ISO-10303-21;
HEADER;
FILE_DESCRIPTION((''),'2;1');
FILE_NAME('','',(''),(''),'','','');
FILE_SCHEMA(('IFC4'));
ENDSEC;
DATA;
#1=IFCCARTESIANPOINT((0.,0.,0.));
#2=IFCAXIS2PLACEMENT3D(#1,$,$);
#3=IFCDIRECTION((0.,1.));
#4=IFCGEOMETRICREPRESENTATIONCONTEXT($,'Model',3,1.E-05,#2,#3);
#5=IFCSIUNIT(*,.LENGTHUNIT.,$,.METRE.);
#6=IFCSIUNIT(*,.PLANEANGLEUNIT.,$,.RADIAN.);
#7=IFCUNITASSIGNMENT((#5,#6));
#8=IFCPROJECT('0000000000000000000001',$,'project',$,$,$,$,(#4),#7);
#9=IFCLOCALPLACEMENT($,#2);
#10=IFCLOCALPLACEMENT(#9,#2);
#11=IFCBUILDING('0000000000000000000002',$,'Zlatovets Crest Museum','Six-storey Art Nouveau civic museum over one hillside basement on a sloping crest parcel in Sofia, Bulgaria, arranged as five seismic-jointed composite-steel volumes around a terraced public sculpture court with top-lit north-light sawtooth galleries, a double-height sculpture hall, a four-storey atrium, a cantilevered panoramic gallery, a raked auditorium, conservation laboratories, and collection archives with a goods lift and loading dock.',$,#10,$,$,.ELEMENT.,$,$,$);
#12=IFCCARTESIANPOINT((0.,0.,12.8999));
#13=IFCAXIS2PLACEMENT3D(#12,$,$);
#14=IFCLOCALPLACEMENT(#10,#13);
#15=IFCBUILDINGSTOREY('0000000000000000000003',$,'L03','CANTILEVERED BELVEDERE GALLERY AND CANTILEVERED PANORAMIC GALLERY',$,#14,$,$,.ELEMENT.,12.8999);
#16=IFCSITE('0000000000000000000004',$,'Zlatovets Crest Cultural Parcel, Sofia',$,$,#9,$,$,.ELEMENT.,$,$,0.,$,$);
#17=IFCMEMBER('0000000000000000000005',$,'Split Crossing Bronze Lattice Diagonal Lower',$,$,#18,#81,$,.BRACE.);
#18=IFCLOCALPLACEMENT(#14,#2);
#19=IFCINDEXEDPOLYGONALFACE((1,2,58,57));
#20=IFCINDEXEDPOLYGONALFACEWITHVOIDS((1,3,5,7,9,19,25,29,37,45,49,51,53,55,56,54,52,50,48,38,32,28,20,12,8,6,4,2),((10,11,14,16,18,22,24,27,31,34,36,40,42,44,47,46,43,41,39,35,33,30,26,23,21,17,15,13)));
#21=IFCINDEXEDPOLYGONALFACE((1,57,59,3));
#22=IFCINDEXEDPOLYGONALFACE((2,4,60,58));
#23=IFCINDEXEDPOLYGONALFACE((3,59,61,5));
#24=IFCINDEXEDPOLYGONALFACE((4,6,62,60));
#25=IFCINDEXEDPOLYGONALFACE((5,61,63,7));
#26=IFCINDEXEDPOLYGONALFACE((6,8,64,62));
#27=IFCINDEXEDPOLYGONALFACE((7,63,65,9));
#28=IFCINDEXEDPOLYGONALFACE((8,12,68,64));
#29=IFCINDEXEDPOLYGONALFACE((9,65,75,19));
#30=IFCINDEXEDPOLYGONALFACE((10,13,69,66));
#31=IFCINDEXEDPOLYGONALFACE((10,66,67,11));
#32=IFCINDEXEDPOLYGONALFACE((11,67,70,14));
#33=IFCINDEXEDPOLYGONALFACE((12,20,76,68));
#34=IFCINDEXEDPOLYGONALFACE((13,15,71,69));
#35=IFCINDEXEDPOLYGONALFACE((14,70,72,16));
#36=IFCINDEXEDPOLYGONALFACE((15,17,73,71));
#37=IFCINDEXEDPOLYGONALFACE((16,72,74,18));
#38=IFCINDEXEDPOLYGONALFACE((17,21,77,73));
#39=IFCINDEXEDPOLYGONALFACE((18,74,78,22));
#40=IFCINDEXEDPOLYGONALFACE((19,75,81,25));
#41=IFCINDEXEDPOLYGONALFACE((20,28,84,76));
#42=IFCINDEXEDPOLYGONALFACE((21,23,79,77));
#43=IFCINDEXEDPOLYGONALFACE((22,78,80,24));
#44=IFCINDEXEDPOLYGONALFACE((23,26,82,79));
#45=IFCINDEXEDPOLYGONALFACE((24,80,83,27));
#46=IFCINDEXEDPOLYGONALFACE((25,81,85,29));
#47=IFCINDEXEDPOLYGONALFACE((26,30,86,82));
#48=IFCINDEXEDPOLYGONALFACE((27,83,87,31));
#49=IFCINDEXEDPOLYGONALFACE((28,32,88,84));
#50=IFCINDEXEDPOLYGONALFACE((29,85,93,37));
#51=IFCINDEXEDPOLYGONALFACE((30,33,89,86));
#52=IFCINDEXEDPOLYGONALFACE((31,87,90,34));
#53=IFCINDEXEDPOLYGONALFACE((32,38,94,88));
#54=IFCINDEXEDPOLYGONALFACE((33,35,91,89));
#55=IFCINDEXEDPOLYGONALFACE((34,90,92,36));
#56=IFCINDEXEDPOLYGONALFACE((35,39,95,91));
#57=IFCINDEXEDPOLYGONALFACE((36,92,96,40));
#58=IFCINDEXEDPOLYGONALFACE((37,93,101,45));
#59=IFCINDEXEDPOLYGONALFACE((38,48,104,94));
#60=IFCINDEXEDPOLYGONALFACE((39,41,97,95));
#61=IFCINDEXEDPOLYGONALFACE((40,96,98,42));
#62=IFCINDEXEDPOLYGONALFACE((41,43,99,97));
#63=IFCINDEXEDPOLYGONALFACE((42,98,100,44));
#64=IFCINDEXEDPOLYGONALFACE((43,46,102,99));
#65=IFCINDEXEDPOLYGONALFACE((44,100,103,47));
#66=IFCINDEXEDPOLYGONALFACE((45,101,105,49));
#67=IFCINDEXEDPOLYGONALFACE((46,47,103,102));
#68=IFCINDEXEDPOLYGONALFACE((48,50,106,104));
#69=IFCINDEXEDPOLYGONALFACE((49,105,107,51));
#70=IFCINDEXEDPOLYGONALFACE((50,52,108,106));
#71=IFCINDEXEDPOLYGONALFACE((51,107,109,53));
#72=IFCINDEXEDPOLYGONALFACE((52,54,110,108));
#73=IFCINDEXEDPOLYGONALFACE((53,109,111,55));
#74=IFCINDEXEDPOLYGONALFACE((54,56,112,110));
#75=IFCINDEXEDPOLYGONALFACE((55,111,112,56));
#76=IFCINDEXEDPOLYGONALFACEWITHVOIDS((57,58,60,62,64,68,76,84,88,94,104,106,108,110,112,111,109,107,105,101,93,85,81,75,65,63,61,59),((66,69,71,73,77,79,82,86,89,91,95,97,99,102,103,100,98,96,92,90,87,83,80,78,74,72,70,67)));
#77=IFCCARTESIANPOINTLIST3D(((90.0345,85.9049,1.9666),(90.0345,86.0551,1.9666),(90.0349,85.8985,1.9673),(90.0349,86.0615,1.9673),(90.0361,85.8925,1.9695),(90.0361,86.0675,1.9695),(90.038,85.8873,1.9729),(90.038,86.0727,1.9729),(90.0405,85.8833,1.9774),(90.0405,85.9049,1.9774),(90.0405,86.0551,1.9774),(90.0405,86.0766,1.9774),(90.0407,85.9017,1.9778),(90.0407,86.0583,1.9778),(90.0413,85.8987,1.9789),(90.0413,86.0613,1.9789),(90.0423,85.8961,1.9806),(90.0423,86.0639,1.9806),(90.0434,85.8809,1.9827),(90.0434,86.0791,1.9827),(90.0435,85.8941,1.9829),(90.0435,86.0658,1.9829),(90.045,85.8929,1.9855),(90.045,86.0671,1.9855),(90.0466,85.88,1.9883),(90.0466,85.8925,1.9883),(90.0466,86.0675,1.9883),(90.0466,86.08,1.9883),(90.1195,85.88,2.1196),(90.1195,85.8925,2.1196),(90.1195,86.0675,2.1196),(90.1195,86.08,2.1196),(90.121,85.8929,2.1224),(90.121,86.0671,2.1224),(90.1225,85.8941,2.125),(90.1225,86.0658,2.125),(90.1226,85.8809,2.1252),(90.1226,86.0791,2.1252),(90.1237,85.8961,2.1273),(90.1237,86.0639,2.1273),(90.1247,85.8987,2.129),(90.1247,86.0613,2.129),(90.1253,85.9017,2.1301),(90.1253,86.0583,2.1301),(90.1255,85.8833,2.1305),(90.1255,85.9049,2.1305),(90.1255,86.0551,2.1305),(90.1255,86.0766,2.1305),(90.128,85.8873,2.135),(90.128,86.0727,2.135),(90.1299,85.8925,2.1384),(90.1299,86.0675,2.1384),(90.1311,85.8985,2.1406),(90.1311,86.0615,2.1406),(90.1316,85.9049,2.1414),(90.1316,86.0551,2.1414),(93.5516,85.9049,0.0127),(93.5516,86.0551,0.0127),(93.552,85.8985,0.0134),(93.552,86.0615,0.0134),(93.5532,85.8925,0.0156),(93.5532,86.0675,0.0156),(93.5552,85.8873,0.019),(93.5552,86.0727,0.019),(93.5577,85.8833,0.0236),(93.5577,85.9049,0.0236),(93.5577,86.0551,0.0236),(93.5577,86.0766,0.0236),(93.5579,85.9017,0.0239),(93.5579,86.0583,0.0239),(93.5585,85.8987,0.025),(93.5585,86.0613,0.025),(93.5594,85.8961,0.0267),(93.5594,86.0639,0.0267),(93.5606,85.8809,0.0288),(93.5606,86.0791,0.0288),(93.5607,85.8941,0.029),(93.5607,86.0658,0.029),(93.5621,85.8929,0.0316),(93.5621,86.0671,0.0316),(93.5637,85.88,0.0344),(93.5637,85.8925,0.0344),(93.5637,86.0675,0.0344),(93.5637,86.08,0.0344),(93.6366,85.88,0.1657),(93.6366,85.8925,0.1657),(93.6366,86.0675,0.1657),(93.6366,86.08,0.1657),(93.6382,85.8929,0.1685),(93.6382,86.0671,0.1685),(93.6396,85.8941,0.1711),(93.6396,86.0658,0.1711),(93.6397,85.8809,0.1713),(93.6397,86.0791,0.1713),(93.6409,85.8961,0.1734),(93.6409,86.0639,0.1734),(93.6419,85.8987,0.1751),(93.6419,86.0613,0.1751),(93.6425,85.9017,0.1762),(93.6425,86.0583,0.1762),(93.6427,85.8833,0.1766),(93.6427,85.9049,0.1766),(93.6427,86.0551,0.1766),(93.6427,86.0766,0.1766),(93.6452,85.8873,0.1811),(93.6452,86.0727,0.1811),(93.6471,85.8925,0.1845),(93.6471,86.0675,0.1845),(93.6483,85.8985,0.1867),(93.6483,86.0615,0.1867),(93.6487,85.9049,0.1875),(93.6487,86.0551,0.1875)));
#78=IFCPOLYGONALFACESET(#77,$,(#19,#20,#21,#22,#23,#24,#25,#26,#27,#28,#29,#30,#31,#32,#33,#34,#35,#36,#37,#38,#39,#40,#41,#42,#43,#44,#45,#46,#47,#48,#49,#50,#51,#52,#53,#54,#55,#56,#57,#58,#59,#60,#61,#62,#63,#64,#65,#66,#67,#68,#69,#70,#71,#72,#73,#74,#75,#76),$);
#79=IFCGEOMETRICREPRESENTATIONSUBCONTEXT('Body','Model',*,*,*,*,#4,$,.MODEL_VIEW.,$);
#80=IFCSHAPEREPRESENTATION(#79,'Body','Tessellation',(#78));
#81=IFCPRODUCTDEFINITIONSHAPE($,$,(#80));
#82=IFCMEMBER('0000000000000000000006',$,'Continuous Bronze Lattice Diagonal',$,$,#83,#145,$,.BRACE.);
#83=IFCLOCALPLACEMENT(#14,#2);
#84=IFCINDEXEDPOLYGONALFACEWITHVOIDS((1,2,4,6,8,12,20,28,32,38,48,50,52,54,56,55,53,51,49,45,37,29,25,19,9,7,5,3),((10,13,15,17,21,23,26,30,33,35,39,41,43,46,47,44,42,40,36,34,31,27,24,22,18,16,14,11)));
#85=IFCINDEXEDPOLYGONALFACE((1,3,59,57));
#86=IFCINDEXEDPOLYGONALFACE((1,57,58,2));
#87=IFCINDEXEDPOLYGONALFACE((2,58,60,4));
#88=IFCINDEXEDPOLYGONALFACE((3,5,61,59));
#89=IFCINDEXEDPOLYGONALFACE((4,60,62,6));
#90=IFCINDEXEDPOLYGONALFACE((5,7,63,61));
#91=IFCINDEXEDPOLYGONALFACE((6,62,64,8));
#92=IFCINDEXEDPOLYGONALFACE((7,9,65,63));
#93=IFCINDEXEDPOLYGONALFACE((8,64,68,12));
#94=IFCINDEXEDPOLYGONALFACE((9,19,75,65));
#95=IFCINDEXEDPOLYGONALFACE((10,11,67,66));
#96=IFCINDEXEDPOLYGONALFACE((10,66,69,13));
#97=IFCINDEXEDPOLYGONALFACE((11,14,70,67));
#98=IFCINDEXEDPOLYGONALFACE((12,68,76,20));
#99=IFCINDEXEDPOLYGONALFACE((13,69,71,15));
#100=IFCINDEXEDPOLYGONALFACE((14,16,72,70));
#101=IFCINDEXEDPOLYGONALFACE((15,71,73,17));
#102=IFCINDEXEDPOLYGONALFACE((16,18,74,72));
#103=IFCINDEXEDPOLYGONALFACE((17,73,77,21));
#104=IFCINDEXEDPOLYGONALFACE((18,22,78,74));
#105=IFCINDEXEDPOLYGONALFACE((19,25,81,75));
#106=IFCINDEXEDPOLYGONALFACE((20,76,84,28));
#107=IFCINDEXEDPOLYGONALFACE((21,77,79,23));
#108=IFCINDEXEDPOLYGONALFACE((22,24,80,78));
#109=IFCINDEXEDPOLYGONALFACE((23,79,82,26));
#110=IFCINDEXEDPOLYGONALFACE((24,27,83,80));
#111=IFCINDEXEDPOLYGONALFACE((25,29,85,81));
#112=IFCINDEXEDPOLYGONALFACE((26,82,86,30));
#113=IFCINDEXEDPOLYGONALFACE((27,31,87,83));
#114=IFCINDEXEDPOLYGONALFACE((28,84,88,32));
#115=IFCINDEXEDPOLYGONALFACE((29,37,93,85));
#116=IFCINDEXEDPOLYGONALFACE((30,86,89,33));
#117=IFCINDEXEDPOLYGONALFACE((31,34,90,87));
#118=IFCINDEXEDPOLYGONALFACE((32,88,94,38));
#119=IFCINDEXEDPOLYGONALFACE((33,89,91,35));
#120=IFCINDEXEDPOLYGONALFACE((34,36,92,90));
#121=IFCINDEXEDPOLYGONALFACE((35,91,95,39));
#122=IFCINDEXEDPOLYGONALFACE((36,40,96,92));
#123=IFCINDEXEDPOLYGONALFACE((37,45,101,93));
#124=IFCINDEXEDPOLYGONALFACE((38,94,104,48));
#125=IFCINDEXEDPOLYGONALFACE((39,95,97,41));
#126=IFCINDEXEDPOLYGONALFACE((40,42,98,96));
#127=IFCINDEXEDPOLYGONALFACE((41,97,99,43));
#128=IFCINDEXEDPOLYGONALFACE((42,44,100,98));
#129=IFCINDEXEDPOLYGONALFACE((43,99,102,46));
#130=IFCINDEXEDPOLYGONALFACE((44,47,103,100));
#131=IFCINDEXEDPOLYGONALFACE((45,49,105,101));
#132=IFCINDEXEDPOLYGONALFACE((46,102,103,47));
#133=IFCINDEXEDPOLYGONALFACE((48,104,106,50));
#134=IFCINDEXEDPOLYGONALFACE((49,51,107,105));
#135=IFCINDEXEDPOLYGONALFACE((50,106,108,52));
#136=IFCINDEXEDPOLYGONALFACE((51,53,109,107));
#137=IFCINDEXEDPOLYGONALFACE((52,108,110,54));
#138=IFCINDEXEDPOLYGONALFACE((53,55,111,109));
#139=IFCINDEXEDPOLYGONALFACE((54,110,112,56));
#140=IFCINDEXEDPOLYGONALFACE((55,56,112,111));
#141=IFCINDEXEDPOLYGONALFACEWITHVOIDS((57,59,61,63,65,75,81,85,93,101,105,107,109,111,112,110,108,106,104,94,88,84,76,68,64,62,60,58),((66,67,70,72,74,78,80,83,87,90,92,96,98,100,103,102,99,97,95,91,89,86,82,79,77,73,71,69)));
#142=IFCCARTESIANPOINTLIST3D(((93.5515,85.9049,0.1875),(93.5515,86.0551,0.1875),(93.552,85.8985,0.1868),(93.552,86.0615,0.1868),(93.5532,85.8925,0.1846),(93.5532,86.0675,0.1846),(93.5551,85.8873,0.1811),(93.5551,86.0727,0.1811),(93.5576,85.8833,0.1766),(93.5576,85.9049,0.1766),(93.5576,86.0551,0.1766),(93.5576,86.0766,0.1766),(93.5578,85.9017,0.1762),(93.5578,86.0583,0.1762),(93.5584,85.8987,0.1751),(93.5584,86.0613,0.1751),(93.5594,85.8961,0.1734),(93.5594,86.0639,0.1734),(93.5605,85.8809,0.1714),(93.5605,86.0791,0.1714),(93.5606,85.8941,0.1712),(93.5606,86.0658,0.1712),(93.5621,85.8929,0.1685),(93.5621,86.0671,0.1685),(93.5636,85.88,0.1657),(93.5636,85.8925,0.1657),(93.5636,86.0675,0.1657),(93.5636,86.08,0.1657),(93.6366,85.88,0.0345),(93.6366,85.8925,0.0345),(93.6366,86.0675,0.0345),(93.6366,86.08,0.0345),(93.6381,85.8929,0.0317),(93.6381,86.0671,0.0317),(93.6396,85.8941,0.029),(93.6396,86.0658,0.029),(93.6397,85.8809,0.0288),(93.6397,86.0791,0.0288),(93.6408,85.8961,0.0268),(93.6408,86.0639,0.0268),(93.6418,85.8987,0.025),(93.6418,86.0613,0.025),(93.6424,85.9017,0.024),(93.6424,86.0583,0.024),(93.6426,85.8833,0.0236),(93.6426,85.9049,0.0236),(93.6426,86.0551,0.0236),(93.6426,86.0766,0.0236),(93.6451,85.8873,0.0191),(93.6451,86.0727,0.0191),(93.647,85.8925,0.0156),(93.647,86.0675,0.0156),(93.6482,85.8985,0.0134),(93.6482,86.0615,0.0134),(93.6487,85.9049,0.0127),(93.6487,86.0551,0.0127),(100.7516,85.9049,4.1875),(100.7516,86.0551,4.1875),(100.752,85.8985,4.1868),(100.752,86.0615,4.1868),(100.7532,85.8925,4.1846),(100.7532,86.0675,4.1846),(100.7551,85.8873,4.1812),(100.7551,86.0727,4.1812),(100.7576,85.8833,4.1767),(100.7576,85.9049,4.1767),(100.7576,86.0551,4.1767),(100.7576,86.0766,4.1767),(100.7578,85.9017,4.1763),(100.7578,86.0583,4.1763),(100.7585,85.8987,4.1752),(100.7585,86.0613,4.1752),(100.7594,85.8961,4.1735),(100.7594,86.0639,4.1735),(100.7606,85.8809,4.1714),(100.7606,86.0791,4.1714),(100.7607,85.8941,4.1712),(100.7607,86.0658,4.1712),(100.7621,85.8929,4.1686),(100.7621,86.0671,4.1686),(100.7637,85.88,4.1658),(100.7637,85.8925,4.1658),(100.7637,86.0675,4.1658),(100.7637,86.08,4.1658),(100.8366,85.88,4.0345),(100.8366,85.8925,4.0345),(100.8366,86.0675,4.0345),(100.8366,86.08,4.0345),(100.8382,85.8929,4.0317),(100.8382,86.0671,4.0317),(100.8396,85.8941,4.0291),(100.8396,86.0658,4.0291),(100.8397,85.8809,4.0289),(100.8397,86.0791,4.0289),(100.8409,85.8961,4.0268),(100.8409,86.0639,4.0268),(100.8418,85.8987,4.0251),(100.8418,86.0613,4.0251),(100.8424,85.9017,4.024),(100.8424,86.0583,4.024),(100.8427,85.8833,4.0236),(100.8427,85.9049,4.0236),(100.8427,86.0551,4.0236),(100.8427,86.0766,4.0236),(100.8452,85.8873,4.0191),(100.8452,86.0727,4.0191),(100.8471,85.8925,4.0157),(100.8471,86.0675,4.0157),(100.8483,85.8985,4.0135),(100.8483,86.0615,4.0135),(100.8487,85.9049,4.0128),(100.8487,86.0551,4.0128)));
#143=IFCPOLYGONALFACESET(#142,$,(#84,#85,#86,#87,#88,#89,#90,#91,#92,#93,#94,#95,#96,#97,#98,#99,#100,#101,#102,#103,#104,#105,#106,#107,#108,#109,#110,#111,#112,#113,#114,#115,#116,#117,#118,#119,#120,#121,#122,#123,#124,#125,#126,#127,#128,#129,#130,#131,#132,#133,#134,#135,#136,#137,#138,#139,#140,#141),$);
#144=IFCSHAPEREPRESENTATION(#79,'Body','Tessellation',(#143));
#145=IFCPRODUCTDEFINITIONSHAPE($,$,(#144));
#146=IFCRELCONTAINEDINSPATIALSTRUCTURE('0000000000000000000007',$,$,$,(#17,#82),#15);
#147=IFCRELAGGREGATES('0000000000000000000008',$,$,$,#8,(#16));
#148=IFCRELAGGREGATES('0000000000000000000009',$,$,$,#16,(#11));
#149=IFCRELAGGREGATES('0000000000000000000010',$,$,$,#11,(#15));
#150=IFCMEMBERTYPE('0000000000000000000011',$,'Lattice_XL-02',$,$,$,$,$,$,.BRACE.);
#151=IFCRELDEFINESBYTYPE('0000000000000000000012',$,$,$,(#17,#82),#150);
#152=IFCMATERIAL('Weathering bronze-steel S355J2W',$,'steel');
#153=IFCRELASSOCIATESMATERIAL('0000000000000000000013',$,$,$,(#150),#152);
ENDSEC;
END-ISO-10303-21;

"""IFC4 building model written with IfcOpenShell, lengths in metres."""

from ifc_helpers import new_model, si_unit, direction, frame, origin, origin_2d, place, context, subcontext, project, spatial, hollow_rectangle, extrude, material, material_profile, profile_set, type_object, element, save


model = new_model("IFC4")

# Units and contexts
model_context = context("Model", 3, precision=1e-05, world=origin(), true_north=direction((0.0, 1.0)))
body_context = subcontext(model_context, "Body", "Model", "MODEL_VIEW")
ifc_project = project(units=[si_unit("LENGTHUNIT", "METRE"), si_unit("PLANEANGLEUNIT", "RADIAN")], contexts=[model_context])

# Site, building, storey
site_placement = place(None, origin())
site = spatial("IfcSite", under=ifc_project, at=site_placement, Name="Zlatovets Crest Cultural Parcel, Sofia", CompositionType="ELEMENT", RefElevation=0.0)
building_placement = place(site_placement, origin())
building = spatial("IfcBuilding", under=site, at=building_placement, Name="Zlatovets Crest Museum", Description="Six-storey Art Nouveau civic museum over one hillside basement on a sloping crest parcel in Sofia, Bulgaria, arranged as five seismic-jointed composite-steel volumes around a terraced public sculpture court with top-lit north-light sawtooth galleries, a double-height sculpture hall, a four-storey atrium, a cantilevered panoramic gallery, a raked auditorium, conservation laboratories, and collection archives with a goods lift and loading dock.", CompositionType="ELEMENT")
storey_placement = place(building_placement, frame((0.0, 0.0, 12.8999)))
storey = spatial("IfcBuildingStorey", under=building, at=storey_placement, Name="L03", Description="CANTILEVERED BELVEDERE GALLERY AND CANTILEVERED PANORAMIC GALLERY", CompositionType="ELEMENT", Elevation=12.8999)

# Members
ifc_material_1 = material(Name="Weathering bronze-steel S355J2W", Category="steel")
ifc_material_profile_1 = material_profile(ifc_material_1, hollow_rectangle(XDim=0.2, YDim=0.2, WallThickness=0.0125, InnerFilletRadius=0.0125, OuterFilletRadius=0.0249, at=origin_2d()), Name="SHS 200x200x12.5")
ifc_profile_set_1 = profile_set([ifc_material_profile_1], Name="Weathering bronze-steel S355J2W")
member_type_1 = type_object("IfcMemberType", Name="Lattice_XL-02", PredefinedType="BRACE", material=ifc_profile_set_1)
for number, where, z_axis, x_axis, name in (
    (1, (90.083, 85.98, 2.054), (0.874166, 0.0, -0.485627), (0.0, 1.0, 0.0), "Split Crossing Bronze Lattice Diagonal Lower"),
):
    element("IfcMember", number, at=place(storey_placement, frame(where, z_axis=z_axis, x_axis=x_axis)), inside=storey, type_object=member_type_1, Name=name, PredefinedType="BRACE", context=body_context, shape_type="SweptSolid", body=[
        extrude(hollow_rectangle(XDim=0.2, YDim=0.2, WallThickness=0.0125, InnerFilletRadius=0.0125, OuterFilletRadius=0.0249, at=origin_2d()), origin(), (0.0, 0.0, 1.0), 4.0234),
    ])
member_1_placement = place(storey_placement, frame((93.6001, 85.98, 0.1001), z_axis=(0.874156, 0.0, 0.485645), x_axis=(0.0, 1.0, 0.0)))
element("IfcMember", 2, at=member_1_placement, inside=storey, type_object=member_type_1, Name="Continuous Bronze Lattice Diagonal", PredefinedType="BRACE", context=body_context, shape_type="SweptSolid", body=[
    extrude(hollow_rectangle(XDim=0.2, YDim=0.2, WallThickness=0.0125, InnerFilletRadius=0.0125, OuterFilletRadius=0.0249, at=origin_2d()), origin(), (0.0, 0.0, 1.0), 8.2366),
])

save(model, "model.ifc")
